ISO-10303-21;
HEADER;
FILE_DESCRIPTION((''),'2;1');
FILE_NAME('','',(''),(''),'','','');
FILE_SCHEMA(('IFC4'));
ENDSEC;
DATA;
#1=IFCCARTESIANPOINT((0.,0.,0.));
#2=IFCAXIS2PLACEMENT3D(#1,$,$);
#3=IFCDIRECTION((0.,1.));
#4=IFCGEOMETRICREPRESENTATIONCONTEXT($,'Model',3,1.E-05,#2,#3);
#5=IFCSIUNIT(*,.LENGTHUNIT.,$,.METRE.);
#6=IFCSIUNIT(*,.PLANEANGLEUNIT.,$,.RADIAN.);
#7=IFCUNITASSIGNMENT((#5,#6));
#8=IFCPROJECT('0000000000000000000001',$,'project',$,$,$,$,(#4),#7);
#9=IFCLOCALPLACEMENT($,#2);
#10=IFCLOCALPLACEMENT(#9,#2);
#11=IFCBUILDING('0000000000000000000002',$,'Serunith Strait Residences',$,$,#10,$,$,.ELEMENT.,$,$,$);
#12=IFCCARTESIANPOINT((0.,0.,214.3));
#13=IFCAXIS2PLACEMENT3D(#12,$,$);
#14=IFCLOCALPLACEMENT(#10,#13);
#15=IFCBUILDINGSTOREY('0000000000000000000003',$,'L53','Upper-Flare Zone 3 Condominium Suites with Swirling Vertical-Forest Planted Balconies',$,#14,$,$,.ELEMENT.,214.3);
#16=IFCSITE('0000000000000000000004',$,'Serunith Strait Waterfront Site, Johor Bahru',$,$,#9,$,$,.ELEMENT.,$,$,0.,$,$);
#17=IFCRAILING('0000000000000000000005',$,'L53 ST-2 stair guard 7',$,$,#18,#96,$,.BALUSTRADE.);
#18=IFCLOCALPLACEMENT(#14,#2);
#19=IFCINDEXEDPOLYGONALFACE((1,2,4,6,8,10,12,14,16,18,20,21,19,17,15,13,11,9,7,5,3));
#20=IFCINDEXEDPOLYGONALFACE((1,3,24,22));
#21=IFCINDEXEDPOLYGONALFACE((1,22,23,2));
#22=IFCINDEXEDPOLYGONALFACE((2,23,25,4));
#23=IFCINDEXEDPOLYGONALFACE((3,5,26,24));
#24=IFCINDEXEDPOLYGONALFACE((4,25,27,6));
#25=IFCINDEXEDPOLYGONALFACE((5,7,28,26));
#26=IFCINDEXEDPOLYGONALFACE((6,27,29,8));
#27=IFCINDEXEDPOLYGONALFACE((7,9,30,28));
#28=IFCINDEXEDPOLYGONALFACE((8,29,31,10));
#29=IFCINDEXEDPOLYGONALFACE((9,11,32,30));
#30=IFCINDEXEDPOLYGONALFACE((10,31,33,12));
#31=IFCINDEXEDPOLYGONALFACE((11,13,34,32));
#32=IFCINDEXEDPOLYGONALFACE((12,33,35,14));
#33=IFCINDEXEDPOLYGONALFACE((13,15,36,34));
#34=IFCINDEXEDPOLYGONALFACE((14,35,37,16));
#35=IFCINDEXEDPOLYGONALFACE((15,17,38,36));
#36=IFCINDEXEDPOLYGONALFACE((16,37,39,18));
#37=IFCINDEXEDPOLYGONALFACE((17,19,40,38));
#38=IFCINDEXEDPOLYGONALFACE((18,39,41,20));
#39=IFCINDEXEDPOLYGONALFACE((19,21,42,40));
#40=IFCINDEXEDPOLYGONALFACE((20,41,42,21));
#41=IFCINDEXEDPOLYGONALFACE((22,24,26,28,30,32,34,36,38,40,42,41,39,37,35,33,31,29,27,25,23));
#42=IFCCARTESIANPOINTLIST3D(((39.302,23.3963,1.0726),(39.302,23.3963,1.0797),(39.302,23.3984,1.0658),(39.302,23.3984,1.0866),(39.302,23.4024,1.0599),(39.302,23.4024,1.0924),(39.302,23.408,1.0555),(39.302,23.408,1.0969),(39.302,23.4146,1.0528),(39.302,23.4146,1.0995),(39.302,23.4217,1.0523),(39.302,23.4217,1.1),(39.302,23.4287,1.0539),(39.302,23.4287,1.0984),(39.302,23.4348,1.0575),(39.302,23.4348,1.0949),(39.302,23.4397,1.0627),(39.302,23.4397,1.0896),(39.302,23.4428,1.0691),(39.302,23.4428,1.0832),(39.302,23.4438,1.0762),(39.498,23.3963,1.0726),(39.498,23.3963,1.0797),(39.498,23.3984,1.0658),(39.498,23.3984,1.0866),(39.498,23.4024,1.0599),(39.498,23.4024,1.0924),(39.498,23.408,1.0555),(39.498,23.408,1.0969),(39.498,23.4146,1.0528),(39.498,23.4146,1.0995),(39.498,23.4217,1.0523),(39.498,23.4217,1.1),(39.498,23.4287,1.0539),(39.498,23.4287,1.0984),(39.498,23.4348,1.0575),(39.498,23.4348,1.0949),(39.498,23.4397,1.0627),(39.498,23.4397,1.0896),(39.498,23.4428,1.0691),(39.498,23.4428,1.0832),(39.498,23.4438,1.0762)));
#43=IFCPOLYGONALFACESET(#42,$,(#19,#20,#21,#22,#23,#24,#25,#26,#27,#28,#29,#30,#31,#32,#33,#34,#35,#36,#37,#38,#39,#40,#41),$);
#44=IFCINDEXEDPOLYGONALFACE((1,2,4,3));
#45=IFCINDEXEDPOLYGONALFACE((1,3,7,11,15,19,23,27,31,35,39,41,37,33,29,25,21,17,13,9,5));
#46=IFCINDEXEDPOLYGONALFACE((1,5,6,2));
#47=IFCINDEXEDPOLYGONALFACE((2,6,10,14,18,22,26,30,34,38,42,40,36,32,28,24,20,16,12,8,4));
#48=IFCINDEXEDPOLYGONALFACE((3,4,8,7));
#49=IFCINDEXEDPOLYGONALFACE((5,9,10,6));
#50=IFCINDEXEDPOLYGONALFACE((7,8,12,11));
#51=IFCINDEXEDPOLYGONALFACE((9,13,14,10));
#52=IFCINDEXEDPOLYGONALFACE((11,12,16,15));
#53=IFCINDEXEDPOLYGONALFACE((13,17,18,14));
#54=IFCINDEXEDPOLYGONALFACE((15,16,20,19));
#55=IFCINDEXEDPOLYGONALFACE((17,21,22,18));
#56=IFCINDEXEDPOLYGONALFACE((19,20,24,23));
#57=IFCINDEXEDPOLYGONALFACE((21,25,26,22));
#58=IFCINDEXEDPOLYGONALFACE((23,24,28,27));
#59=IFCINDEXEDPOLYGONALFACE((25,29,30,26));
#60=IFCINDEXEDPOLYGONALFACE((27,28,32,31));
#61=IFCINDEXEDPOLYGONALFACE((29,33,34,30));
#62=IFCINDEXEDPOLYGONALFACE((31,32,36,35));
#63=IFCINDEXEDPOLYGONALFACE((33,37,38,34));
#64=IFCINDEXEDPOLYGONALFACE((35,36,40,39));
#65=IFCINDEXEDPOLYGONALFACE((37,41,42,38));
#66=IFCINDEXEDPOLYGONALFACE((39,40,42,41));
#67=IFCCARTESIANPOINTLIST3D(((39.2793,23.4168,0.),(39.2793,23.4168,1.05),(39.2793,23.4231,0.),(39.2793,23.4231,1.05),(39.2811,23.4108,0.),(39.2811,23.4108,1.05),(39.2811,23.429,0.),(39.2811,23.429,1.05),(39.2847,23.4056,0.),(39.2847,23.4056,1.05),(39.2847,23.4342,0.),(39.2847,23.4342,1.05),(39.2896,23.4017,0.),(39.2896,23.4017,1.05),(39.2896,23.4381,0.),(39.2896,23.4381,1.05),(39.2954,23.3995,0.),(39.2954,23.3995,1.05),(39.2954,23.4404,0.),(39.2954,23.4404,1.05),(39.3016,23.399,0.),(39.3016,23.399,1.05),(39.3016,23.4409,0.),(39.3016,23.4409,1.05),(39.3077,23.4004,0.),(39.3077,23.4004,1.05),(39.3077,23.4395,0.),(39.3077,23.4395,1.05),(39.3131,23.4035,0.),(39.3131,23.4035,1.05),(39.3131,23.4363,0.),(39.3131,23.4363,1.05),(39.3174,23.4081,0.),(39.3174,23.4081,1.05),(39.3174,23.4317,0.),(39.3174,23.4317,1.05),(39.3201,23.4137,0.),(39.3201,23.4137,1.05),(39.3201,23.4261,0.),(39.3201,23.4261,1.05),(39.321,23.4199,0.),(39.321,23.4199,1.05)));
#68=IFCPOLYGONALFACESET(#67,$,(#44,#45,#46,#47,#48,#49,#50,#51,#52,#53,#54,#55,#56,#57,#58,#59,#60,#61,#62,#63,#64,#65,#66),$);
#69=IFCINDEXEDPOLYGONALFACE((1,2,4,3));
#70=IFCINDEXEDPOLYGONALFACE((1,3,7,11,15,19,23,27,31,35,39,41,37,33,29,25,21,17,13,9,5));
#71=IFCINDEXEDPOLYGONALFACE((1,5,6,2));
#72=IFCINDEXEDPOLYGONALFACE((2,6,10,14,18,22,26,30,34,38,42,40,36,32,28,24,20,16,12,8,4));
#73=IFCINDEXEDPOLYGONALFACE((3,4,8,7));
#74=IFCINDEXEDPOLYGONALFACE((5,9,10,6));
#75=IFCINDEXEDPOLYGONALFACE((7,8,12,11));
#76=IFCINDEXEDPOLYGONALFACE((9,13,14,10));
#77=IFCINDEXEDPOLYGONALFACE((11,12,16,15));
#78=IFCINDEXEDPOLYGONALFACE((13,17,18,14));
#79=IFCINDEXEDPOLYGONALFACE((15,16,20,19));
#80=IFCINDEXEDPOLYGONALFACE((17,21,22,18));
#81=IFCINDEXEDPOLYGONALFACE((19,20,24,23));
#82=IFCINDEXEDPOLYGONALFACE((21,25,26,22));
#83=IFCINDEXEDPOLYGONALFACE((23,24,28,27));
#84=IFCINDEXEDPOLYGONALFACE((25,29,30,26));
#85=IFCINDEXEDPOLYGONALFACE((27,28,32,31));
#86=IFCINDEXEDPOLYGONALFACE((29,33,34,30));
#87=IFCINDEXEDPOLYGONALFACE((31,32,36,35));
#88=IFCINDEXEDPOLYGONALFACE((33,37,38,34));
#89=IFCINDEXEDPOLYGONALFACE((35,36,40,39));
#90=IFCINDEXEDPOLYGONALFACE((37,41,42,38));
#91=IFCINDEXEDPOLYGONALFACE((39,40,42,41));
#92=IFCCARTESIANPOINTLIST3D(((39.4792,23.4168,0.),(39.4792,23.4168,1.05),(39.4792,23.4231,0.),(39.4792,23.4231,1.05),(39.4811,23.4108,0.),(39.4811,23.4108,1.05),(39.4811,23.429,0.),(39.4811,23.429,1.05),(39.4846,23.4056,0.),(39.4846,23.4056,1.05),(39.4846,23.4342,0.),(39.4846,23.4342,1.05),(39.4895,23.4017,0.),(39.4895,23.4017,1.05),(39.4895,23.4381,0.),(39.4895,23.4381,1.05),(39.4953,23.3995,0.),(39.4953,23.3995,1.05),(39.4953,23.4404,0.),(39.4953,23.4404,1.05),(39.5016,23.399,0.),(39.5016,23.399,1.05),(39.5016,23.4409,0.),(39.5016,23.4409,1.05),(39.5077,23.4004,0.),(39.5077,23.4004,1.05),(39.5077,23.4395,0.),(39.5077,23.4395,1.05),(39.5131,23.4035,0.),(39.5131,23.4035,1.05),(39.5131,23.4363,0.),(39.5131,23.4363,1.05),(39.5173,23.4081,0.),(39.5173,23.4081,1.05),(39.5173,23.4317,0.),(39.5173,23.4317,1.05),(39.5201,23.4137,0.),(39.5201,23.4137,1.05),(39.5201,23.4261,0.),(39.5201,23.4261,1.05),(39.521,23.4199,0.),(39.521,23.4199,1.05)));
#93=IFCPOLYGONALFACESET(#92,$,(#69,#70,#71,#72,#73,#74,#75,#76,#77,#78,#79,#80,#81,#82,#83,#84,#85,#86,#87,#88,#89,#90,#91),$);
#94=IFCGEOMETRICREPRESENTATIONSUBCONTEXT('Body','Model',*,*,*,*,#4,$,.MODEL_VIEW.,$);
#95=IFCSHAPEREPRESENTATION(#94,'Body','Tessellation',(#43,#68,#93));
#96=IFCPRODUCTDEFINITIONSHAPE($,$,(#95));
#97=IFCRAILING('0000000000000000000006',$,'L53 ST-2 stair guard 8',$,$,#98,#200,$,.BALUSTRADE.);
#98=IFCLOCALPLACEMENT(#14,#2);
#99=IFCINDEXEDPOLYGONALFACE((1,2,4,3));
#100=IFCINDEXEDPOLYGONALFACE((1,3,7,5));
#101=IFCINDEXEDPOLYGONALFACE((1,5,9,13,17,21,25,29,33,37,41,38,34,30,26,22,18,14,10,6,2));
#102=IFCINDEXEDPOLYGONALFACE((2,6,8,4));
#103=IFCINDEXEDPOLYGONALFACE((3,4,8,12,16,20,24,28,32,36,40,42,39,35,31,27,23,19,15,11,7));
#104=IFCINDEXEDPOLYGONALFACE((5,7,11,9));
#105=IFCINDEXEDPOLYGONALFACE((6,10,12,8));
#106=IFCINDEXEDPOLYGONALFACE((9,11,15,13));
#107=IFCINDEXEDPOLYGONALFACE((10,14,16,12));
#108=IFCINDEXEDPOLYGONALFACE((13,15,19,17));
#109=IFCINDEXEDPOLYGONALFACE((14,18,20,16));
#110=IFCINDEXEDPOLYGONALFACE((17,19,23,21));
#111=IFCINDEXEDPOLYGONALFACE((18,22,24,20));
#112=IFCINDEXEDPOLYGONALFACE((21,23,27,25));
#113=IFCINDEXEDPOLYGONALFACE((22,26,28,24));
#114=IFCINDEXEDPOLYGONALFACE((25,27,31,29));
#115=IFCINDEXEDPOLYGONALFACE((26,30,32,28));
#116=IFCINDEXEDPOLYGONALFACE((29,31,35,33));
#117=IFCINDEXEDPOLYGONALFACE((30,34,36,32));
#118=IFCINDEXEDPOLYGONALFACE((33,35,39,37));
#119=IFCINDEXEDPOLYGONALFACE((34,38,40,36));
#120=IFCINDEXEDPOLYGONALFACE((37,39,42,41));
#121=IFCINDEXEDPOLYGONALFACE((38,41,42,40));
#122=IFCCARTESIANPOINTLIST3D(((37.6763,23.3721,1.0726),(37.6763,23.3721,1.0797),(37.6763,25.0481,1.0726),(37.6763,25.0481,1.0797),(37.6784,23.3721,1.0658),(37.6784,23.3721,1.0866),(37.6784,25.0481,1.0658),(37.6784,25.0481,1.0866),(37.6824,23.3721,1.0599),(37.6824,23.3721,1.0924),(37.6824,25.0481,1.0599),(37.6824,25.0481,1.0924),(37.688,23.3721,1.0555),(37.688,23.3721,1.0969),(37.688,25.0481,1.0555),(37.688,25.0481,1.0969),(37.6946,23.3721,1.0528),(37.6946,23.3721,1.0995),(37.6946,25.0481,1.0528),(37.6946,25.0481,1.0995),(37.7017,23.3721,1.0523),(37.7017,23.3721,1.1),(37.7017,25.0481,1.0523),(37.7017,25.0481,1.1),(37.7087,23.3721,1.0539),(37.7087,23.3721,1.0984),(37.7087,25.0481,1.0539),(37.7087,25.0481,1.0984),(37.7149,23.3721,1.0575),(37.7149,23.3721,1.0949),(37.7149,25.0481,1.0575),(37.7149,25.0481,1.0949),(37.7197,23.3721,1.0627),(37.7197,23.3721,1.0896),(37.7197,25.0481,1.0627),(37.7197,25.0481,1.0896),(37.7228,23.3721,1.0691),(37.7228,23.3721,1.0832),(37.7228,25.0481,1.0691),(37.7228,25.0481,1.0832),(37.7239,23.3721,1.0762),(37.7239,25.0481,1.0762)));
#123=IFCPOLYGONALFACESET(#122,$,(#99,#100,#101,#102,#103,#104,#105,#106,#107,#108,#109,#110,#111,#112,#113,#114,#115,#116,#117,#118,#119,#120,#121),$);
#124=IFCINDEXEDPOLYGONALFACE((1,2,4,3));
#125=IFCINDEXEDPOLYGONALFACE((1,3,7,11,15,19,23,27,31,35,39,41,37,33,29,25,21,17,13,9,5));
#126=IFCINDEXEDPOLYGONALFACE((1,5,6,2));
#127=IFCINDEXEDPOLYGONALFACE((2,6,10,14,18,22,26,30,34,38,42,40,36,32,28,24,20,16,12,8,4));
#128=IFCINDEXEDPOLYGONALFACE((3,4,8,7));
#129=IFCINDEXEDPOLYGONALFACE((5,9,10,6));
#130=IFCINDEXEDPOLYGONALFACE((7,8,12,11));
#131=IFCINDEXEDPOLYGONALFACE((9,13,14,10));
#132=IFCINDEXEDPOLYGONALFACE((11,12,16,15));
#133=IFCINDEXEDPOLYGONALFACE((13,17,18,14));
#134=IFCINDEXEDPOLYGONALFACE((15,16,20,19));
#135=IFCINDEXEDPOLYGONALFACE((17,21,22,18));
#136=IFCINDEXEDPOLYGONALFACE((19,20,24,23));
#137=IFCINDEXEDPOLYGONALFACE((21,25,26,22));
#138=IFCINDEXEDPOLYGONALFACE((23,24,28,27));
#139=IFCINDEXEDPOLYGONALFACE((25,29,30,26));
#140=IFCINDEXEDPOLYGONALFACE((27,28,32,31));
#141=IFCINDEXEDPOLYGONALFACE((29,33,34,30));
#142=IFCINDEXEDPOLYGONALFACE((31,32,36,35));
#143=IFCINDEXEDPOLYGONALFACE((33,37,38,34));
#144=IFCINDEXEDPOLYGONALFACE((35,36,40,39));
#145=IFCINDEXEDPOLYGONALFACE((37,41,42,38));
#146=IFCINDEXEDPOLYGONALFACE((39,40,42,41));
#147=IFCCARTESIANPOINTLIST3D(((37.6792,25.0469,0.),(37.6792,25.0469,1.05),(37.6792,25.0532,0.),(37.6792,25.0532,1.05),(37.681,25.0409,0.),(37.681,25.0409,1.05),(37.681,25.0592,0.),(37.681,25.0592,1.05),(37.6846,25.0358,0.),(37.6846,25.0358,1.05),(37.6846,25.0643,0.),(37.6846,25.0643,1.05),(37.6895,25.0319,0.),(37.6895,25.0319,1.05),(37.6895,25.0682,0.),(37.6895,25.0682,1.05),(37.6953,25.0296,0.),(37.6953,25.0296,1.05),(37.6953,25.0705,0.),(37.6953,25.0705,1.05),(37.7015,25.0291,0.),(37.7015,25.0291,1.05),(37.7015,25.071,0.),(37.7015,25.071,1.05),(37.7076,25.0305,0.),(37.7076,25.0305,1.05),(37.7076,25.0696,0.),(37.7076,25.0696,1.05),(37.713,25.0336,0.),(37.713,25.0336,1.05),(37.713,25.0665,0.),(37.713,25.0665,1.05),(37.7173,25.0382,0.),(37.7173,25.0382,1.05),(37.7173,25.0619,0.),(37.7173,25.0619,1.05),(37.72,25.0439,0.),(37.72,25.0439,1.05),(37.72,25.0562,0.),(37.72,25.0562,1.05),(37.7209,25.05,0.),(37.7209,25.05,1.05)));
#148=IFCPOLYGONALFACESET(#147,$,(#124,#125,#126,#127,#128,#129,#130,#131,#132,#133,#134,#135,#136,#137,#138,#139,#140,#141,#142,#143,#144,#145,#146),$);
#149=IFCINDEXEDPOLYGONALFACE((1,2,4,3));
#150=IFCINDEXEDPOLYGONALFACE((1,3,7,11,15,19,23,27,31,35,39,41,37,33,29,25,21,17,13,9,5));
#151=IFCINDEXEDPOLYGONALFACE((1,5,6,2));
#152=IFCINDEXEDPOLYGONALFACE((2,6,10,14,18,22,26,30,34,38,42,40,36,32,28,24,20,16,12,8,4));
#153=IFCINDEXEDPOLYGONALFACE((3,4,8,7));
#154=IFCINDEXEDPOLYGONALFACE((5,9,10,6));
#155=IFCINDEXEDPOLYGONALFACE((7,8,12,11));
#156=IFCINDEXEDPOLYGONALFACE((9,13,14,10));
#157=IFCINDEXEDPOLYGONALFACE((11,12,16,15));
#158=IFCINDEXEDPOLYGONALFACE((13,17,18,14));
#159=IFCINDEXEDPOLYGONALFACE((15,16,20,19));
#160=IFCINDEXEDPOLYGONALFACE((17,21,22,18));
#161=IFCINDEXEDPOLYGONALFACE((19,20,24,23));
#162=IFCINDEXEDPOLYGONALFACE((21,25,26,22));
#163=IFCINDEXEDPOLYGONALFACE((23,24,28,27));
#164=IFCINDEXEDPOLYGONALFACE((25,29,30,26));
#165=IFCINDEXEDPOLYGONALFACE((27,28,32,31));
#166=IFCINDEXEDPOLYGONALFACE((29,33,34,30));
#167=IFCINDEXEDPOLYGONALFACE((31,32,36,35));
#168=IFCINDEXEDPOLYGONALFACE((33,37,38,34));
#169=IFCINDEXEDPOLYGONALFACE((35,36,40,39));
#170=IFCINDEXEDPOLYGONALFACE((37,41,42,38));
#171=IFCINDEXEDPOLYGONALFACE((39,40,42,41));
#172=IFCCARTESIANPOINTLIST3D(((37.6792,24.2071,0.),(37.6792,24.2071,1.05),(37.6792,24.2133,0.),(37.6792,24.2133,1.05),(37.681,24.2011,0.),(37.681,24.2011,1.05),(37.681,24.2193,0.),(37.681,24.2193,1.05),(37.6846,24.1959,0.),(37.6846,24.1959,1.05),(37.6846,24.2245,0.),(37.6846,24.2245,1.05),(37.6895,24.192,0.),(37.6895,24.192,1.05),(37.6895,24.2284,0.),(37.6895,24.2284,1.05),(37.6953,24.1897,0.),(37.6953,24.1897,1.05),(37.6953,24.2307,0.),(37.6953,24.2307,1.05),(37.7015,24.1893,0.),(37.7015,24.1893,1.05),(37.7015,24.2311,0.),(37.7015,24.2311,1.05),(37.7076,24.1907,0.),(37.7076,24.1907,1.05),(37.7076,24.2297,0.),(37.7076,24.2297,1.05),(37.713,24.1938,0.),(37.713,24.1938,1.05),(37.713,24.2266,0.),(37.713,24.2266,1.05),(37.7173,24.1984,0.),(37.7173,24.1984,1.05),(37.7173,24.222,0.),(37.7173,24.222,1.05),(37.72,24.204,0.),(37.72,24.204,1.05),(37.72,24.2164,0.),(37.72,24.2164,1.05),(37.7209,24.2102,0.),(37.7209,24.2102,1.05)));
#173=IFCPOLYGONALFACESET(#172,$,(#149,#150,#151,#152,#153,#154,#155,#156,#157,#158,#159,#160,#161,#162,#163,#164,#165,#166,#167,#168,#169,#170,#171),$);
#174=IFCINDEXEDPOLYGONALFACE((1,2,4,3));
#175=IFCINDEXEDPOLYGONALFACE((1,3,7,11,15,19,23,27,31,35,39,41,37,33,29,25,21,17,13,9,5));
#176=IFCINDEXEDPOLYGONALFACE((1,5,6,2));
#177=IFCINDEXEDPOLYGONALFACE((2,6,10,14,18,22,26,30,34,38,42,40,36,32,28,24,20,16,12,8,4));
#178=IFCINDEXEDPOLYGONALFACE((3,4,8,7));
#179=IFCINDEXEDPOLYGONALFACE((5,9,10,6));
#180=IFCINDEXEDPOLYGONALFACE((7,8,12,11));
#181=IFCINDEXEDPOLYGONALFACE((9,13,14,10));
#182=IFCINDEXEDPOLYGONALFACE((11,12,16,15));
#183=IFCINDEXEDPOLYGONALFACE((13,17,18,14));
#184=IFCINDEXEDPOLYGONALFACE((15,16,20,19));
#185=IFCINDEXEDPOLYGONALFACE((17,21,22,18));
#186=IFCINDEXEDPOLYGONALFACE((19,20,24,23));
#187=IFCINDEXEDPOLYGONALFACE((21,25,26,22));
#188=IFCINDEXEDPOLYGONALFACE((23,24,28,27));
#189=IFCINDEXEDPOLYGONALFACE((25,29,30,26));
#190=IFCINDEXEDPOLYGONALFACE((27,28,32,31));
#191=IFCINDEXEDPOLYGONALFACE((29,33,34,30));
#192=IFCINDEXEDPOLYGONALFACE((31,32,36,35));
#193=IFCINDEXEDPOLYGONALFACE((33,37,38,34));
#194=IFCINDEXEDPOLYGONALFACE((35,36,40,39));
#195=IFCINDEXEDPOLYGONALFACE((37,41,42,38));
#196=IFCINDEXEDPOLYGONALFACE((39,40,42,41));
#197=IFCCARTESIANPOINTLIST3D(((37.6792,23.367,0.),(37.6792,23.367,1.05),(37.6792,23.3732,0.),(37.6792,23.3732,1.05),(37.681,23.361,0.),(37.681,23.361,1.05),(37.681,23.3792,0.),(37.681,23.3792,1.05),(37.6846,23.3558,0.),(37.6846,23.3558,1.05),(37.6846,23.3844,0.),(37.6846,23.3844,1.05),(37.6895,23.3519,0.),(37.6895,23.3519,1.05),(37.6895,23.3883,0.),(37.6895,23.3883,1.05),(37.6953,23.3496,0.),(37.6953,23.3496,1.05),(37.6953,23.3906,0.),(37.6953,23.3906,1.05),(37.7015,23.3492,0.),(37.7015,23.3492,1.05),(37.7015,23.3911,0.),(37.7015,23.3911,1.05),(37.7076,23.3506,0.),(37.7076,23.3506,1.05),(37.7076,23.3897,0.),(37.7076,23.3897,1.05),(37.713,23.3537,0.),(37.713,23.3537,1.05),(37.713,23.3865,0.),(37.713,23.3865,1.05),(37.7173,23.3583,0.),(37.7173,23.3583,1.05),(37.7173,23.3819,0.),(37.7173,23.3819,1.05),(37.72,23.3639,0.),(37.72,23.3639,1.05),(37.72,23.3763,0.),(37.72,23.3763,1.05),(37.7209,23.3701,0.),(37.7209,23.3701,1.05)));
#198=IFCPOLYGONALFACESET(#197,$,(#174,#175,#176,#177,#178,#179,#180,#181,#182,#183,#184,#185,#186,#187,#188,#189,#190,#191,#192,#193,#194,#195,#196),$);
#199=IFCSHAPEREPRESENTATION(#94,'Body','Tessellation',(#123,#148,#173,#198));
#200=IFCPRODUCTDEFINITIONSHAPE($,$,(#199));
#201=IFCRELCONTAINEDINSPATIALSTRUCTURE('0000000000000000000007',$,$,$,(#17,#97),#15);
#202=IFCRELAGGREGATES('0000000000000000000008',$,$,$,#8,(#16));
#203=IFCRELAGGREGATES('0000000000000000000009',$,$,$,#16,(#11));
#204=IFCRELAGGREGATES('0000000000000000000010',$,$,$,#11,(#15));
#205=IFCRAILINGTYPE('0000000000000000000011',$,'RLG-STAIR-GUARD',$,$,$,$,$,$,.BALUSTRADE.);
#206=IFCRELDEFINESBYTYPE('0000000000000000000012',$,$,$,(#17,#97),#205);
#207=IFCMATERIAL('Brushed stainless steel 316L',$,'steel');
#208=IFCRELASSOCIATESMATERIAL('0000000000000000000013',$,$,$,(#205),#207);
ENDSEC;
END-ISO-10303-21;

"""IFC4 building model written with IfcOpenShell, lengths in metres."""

from ifc_helpers import new_model, si_unit, direction, frame, origin, origin_2d, place, context, subcontext, project, spatial, circle, extrude, material, type_object, element, save


model = new_model("IFC4")

# Units and contexts
model_context = context("Model", 3, precision=1e-05, world=origin(), true_north=direction((0.0, 1.0)))
body_context = subcontext(model_context, "Body", "Model", "MODEL_VIEW")
ifc_project = project(units=[si_unit("LENGTHUNIT", "METRE"), si_unit("PLANEANGLEUNIT", "RADIAN")], contexts=[model_context])

# Site, building, storey
site_placement = place(None, origin())
site = spatial("IfcSite", under=ifc_project, at=site_placement, Name="Serunith Strait Waterfront Site, Johor Bahru", CompositionType="ELEMENT", RefElevation=0.0)
building_placement = place(site_placement, origin())
building = spatial("IfcBuilding", under=site, at=building_placement, Name="Serunith Strait Residences", CompositionType="ELEMENT")
storey_placement = place(building_placement, frame((0.0, 0.0, 214.3)))
storey = spatial("IfcBuildingStorey", under=building, at=storey_placement, Name="L53", Description="Upper-Flare Zone 3 Condominium Suites with Swirling Vertical-Forest Planted Balconies", CompositionType="ELEMENT", Elevation=214.3)

# Railings
ifc_material_1 = material(Name="Brushed stainless steel 316L", Category="steel")
railing_type = type_object("IfcRailingType", Name="RLG-STAIR-GUARD", PredefinedType="BALUSTRADE", material=ifc_material_1)
railing_1_placement = place(storey_placement, frame((39.3, 23.4199, 0.0)))
element("IfcRailing", 1, at=railing_1_placement, inside=storey, type_object=railing_type, Name="L53 ST-2 stair guard 7", PredefinedType="BALUSTRADE", context=body_context, shape_type="SweptSolid", body=[
    extrude(circle(Radius=0.0239, at=origin_2d()), frame((0.002, 0.0, 1.0762), z_axis=(1.0, 0.0, 0.0), x_axis=(0.0, 1.0, 0.0)), (0.0, 0.0, 1.0), 0.196),
    extrude(circle(Radius=0.021, at=origin_2d()), origin(), (0.0, 0.0, 1.0), 1.05),
    extrude(circle(Radius=0.021, at=origin_2d()), frame((0.2, 0.0, 0.0)), (0.0, 0.0, 1.0), 1.05),
])
for number, where, name in (
    (2, (37.7, 25.05, 0.0), "L53 ST-2 stair guard 8"),
):
    element("IfcRailing", number, at=place(storey_placement, frame(where)), inside=storey, type_object=railing_type, Name=name, PredefinedType="BALUSTRADE", context=body_context, shape_type="SweptSolid", body=[
        extrude(circle(Radius=0.0239, at=origin_2d()), frame((0.0, -0.002, 1.0762), z_axis=(0.0, -1.0, 0.0), x_axis=(1.0, 0.0, 0.0)), (0.0, 0.0, 1.0), 1.676),
        extrude(circle(Radius=0.021, at=origin_2d()), origin(), (0.0, 0.0, 1.0), 1.05),
        extrude(circle(Radius=0.021, at=origin_2d()), frame((0.0, -0.8398, 0.0)), (0.0, 0.0, 1.0), 1.05),
        extrude(circle(Radius=0.021, at=origin_2d()), frame((0.0, -1.6799, 0.0)), (0.0, 0.0, 1.0), 1.05),
    ])

save(model, "model.ifc")
